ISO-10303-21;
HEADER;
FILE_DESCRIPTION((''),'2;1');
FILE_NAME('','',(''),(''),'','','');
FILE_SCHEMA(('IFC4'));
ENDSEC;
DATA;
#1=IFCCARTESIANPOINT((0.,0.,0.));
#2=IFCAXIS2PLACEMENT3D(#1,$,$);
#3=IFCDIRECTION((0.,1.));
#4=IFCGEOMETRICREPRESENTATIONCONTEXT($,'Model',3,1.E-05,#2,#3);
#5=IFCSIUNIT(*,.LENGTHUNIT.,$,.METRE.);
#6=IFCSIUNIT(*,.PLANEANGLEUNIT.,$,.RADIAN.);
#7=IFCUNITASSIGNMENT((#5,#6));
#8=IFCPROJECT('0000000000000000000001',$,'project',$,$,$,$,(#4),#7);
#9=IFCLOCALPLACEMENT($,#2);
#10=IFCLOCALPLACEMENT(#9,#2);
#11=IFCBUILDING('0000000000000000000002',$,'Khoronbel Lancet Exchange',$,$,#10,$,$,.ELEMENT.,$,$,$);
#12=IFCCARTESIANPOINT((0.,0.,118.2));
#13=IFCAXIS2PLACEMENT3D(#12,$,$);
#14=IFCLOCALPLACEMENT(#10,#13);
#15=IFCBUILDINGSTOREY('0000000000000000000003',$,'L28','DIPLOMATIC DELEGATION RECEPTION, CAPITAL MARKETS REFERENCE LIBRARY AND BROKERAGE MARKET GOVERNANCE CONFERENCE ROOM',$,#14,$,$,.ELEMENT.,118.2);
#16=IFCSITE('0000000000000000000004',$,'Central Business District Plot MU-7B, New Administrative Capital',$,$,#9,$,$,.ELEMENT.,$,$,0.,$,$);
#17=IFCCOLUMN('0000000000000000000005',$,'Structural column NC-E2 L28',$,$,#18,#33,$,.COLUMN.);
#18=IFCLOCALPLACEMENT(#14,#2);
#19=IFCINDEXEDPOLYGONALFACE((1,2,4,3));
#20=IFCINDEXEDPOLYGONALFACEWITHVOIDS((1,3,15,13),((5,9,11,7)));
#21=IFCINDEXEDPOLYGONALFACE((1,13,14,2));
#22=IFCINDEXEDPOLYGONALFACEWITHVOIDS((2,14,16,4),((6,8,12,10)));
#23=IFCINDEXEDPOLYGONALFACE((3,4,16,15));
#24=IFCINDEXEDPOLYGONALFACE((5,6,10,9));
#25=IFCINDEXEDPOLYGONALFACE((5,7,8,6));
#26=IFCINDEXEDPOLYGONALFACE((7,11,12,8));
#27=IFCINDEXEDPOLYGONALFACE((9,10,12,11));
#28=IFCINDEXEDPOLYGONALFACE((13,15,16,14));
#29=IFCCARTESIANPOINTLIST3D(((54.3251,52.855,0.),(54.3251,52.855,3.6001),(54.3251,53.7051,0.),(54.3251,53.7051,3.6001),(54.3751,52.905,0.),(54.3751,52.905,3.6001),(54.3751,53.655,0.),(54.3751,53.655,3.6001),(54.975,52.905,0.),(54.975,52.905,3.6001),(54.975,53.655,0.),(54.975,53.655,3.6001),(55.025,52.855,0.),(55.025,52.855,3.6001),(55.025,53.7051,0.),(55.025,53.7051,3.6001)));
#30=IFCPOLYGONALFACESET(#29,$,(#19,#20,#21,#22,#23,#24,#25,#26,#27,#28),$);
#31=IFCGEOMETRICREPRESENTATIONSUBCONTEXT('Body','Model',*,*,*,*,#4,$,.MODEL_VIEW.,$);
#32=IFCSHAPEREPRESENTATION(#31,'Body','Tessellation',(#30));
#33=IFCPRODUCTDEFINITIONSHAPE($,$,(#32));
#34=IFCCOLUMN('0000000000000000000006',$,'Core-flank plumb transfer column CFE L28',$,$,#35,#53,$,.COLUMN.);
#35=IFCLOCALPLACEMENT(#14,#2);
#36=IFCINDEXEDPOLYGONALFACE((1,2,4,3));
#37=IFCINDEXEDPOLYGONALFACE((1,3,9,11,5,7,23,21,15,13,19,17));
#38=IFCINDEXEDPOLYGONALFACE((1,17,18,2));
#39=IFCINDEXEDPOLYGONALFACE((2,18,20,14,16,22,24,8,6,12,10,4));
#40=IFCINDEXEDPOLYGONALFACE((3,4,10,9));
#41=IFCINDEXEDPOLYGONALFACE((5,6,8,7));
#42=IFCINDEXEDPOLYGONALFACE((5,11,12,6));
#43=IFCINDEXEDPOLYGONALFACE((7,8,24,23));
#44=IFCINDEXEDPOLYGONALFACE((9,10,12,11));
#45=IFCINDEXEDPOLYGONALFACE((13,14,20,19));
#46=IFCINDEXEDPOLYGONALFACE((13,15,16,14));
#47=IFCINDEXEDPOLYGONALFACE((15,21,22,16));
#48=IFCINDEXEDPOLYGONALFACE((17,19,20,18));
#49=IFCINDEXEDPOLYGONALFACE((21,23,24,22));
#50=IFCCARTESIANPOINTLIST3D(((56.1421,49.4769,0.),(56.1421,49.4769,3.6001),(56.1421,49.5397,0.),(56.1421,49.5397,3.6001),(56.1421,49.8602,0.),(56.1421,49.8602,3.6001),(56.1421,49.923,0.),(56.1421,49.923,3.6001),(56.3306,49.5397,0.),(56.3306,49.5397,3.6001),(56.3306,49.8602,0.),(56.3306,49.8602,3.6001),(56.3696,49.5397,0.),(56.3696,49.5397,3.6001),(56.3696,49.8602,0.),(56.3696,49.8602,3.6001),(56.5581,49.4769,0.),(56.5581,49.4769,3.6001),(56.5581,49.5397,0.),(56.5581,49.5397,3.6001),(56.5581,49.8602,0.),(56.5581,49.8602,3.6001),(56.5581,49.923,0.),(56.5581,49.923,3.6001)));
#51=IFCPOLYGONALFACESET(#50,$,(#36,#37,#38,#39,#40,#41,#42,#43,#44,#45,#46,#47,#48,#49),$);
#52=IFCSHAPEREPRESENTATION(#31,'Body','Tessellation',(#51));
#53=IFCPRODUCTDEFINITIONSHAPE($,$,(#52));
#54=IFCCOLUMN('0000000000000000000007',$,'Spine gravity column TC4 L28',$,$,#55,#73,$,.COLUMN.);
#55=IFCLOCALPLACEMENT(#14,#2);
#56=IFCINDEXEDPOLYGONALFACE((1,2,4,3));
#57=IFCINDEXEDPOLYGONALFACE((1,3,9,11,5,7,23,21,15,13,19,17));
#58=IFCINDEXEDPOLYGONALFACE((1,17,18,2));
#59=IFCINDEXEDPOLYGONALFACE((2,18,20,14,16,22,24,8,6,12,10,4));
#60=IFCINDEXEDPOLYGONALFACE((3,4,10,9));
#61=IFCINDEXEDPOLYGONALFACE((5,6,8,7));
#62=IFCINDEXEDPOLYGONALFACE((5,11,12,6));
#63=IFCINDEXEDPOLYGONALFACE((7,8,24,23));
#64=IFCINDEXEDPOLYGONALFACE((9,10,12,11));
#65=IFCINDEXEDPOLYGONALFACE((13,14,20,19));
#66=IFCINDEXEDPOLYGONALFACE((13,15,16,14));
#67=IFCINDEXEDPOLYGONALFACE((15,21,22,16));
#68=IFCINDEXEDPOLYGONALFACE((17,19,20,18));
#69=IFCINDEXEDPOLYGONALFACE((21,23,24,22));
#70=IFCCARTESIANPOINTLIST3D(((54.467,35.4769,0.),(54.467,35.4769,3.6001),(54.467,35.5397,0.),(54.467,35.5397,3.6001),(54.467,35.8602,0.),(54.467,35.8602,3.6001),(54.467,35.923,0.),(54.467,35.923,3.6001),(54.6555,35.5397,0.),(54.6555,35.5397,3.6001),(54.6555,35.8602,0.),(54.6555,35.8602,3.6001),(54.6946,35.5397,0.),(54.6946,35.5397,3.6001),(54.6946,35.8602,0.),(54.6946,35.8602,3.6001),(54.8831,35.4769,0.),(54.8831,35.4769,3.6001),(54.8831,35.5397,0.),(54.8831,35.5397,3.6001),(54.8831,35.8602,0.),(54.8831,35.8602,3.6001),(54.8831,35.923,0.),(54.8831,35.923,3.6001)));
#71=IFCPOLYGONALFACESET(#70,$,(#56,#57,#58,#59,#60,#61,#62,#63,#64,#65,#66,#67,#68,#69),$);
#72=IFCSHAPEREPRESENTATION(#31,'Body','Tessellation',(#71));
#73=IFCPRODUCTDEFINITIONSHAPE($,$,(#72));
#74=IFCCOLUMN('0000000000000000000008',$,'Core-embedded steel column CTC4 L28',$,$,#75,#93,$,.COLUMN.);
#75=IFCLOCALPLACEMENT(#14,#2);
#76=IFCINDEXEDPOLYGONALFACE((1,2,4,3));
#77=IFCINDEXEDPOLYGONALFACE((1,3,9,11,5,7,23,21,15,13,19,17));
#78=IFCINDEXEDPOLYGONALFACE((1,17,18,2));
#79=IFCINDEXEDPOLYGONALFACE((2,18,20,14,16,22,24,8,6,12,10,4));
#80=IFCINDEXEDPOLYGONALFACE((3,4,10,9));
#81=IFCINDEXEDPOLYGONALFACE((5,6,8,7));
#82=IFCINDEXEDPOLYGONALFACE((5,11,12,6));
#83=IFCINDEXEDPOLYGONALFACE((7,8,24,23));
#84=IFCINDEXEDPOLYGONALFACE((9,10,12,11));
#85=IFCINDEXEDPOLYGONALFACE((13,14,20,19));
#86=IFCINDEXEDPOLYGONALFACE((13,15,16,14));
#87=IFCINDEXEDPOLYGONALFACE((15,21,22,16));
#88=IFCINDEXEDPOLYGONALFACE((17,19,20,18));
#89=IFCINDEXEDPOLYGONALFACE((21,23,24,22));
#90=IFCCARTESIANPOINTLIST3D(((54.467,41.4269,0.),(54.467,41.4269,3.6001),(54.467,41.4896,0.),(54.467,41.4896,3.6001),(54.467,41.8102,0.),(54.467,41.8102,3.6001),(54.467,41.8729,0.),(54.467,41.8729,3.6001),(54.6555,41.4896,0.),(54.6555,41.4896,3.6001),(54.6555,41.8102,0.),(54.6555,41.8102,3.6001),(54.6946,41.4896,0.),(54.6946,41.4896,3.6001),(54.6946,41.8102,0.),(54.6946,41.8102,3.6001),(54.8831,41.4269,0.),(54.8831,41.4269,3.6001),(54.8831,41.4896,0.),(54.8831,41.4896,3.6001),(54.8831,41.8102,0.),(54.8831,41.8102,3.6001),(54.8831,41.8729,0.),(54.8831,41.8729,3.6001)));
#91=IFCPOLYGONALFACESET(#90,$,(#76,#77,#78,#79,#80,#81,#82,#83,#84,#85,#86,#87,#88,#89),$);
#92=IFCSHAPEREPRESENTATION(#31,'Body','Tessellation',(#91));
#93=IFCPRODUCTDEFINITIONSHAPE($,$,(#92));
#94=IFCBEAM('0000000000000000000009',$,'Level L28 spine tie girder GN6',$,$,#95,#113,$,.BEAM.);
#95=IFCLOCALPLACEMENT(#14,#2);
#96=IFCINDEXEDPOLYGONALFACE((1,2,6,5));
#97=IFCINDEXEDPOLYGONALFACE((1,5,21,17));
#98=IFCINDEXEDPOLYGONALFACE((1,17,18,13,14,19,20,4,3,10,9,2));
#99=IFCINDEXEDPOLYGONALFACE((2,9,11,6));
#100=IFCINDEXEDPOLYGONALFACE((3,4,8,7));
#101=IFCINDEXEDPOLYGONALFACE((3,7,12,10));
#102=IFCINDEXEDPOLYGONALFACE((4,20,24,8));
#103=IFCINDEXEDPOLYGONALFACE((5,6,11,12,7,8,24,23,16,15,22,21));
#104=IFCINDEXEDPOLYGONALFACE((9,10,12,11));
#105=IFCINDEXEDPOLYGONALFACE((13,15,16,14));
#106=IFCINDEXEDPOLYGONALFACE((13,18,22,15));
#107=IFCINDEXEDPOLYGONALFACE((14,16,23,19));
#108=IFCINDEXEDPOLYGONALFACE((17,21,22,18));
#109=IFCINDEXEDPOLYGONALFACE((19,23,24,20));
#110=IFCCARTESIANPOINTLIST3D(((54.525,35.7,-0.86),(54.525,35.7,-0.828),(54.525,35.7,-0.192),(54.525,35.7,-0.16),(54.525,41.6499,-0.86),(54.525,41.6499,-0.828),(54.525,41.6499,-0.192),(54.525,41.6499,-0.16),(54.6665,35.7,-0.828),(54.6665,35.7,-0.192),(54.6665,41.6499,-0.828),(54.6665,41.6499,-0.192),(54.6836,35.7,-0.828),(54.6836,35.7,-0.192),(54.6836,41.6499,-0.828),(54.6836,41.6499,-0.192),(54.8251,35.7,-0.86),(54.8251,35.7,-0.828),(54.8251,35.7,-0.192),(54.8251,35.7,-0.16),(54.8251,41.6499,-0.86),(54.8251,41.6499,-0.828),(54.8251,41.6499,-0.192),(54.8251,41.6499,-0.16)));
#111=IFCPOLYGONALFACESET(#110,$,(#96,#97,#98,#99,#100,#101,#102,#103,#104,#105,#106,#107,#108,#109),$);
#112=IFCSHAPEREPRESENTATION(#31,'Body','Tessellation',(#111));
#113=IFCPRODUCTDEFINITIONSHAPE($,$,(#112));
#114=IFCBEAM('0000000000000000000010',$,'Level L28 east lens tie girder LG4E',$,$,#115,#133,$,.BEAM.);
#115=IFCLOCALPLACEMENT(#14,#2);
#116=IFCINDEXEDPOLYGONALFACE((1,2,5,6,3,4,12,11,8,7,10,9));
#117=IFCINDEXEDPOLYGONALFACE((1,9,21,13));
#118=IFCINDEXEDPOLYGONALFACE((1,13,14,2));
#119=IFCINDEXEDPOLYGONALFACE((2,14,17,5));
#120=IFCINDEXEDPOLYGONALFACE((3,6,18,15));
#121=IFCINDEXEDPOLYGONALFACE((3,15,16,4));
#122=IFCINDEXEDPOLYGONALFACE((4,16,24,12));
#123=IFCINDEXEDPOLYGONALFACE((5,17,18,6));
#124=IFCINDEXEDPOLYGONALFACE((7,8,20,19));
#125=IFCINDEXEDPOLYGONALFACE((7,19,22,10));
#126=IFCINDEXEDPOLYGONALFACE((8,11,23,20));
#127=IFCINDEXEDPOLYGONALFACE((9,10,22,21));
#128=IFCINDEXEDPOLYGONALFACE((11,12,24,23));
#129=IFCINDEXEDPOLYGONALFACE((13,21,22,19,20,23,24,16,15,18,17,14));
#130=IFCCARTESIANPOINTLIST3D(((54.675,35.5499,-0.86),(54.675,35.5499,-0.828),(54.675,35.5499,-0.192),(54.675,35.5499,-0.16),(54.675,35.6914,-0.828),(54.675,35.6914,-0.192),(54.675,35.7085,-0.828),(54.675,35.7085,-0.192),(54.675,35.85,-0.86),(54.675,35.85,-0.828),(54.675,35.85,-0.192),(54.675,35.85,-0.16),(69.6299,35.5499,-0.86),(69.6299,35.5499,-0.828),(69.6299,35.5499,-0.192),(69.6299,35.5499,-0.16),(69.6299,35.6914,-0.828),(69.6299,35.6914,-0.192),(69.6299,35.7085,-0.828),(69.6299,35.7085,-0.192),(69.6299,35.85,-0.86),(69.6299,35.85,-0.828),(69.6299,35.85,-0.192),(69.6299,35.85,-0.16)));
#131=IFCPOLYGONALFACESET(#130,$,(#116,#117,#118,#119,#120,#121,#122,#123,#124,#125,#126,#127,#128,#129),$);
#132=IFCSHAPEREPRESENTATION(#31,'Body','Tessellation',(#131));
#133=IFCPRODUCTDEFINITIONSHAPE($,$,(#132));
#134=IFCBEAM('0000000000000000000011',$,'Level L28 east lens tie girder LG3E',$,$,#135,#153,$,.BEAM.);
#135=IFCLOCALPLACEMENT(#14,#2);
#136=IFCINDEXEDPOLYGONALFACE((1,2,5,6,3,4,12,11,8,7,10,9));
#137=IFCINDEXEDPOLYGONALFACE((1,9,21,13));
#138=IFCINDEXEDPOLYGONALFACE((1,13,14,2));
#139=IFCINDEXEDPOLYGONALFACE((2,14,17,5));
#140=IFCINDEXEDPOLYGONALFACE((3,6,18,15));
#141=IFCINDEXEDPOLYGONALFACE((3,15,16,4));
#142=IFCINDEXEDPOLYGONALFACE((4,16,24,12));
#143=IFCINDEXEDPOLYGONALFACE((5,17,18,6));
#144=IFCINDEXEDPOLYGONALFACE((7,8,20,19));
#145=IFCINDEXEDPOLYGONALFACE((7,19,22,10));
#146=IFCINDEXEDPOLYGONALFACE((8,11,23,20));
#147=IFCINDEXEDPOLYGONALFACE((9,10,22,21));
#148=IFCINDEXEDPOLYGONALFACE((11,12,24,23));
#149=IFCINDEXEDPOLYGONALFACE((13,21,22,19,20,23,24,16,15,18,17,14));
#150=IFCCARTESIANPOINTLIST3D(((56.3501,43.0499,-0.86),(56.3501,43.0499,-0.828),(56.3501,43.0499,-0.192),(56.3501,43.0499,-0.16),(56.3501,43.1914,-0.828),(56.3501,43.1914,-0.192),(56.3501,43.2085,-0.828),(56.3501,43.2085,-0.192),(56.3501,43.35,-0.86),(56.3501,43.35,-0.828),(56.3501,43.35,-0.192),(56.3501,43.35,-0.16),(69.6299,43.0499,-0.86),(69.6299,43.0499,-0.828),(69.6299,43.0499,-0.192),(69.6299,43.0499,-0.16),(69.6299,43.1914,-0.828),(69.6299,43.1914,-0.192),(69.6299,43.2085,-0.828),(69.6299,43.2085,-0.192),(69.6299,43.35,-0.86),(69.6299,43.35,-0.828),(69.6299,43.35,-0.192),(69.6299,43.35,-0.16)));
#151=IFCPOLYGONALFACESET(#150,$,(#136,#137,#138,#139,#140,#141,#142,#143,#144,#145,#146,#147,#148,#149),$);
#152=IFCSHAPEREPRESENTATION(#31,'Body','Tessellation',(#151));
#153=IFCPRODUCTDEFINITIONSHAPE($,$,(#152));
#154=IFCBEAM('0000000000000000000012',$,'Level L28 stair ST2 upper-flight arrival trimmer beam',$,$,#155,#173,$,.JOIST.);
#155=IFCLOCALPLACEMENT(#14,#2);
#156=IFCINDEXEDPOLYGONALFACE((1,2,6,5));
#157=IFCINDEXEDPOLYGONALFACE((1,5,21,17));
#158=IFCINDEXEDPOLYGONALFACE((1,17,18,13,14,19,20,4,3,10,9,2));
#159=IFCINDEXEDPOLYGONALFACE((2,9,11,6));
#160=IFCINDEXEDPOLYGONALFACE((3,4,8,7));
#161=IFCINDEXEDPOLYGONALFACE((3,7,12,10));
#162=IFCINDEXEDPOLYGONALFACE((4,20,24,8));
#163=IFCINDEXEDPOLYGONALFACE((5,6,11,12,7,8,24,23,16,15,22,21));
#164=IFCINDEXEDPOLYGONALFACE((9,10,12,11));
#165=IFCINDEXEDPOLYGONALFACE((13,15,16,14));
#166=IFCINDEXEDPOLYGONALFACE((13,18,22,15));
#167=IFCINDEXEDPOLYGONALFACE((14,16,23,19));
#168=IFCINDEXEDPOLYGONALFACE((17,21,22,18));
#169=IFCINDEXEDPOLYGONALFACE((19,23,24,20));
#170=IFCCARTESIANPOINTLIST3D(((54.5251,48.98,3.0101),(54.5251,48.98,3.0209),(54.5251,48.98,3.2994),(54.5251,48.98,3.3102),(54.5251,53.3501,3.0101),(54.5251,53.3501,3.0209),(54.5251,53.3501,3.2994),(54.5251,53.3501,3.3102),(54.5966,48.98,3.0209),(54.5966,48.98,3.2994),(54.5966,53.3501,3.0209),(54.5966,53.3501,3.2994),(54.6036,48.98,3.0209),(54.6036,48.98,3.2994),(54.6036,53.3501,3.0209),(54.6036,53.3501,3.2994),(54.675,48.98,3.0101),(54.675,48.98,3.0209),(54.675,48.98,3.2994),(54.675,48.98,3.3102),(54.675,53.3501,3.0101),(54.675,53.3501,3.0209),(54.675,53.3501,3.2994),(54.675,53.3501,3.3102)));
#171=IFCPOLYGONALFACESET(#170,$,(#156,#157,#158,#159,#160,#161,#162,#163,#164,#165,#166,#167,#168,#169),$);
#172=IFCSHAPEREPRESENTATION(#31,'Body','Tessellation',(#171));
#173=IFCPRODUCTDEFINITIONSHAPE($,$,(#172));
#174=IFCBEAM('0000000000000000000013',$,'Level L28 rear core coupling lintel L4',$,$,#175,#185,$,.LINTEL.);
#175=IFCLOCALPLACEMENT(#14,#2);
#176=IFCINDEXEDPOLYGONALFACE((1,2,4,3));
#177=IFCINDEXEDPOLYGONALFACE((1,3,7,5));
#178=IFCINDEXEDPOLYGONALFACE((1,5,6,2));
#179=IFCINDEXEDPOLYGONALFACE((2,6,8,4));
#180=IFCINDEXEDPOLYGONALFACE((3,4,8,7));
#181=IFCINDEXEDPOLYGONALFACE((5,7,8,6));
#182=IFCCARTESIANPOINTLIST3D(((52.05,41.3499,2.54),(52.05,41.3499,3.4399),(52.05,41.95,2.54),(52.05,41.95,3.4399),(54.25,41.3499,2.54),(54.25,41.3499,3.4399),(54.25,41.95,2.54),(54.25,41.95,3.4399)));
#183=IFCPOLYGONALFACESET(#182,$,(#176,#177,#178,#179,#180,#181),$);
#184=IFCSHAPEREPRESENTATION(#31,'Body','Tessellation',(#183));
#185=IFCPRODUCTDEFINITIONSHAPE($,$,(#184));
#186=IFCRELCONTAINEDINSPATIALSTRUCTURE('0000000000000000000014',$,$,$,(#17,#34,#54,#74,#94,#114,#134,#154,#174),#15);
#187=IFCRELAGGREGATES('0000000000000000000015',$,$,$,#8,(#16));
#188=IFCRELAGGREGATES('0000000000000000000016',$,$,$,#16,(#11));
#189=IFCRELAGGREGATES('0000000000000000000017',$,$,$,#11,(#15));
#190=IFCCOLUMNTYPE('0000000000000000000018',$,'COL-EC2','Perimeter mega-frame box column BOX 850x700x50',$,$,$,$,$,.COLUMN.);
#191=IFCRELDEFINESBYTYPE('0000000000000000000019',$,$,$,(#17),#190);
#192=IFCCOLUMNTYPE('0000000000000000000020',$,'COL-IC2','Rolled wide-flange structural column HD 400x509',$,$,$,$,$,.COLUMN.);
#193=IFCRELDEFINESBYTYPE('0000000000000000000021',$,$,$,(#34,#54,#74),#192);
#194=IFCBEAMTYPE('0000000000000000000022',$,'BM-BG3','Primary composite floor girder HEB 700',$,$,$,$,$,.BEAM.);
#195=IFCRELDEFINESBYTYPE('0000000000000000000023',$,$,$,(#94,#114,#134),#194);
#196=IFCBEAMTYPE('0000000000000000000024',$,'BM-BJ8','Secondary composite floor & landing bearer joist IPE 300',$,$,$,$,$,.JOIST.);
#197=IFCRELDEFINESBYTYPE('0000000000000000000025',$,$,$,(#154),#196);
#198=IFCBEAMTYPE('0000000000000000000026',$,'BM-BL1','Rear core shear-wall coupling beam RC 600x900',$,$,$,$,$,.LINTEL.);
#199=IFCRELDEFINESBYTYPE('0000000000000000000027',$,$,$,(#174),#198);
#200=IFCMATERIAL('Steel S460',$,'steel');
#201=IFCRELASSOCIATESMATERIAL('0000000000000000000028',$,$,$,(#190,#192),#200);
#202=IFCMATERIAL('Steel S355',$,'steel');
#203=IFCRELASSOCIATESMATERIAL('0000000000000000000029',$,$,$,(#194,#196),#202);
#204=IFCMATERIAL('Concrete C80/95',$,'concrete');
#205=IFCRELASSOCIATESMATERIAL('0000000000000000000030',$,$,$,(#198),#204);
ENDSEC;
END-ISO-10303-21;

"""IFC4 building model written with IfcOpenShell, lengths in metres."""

from ifc_helpers import new_model, si_unit, direction, frame, origin, origin_2d, place, context, subcontext, project, spatial, rectangle, hollow_rectangle, i_section, extrude, material, material_profile, profile_set, type_object, element, save


model = new_model("IFC4")

# Units and contexts
model_context = context("Model", 3, precision=1e-05, world=origin(), true_north=direction((0.0, 1.0)))
body_context = subcontext(model_context, "Body", "Model", "MODEL_VIEW")
ifc_project = project(units=[si_unit("LENGTHUNIT", "METRE"), si_unit("PLANEANGLEUNIT", "RADIAN")], contexts=[model_context])

# Site, building, storey
site_placement = place(None, origin())
site = spatial("IfcSite", under=ifc_project, at=site_placement, Name="Central Business District Plot MU-7B, New Administrative Capital", CompositionType="ELEMENT", RefElevation=0.0)
building_placement = place(site_placement, origin())
building = spatial("IfcBuilding", under=site, at=building_placement, Name="Khoronbel Lancet Exchange", CompositionType="ELEMENT")
storey_placement = place(building_placement, frame((0.0, 0.0, 118.2)))
storey = spatial("IfcBuildingStorey", under=building, at=storey_placement, Name="L28", Description="DIPLOMATIC DELEGATION RECEPTION, CAPITAL MARKETS REFERENCE LIBRARY AND BROKERAGE MARKET GOVERNANCE CONFERENCE ROOM", CompositionType="ELEMENT", Elevation=118.2)

# Columns
ifc_material_1 = material(Name="Steel S460", Category="steel")
ifc_material_profile_1 = material_profile(ifc_material_1, hollow_rectangle(XDim=0.7, YDim=0.8501, WallThickness=0.05, at=origin_2d()), Name="BOX 850x700x50")
ifc_profile_set_1 = profile_set([ifc_material_profile_1], Name="Steel S460")
column_type_1 = type_object("IfcColumnType", Name="COL-EC2", Description="Perimeter mega-frame box column BOX 850x700x50", PredefinedType="COLUMN", material=ifc_profile_set_1)
column_placement = place(storey_placement, frame((54.675, 53.28, 0.0), z_axis=(0.0, 0.0, 1.0), x_axis=(1.0, 0.0, 0.0)))
element("IfcColumn", 1, at=column_placement, inside=storey, type_object=column_type_1, Name="Structural column NC-E2 L28", PredefinedType="COLUMN", context=body_context, shape_type="SweptSolid", body=[
    extrude(hollow_rectangle(XDim=0.7, YDim=0.8501, WallThickness=0.05, at=origin_2d()), origin(), (0.0, 0.0, 1.0), 3.6001),
])
ifc_material_profile_2 = material_profile(ifc_material_1, i_section(OverallWidth=0.416, OverallDepth=0.446, WebThickness=0.0391, FlangeThickness=0.0627, at=origin_2d()), Name="HD 400x509")
ifc_profile_set_2 = profile_set([ifc_material_profile_2], Name="Steel S460")
column_type_2 = type_object("IfcColumnType", Name="COL-IC2", Description="Rolled wide-flange structural column HD 400x509", PredefinedType="COLUMN", material=ifc_profile_set_2)
for number, where, z_axis, x_axis, name in (
    (2, (56.3501, 49.7, 0.0), (0.0, 0.0, 1.0), (1.0, 0.0, 0.0), "Core-flank plumb transfer column CFE L28"),
    (3, (54.675, 35.7, 0.0), (0.0, 0.0, 1.0), (1.0, 0.0, 0.0), "Spine gravity column TC4 L28"),
    (4, (54.675, 41.6499, 0.0), (0.0, 0.0, 1.0), (1.0, 0.0, 0.0), "Core-embedded steel column CTC4 L28"),
):
    element("IfcColumn", number, at=place(storey_placement, frame(where, z_axis=z_axis, x_axis=x_axis)), inside=storey, type_object=column_type_2, Name=name, PredefinedType="COLUMN", context=body_context, shape_type="SweptSolid", body=[
        extrude(i_section(OverallWidth=0.416, OverallDepth=0.446, WebThickness=0.0391, FlangeThickness=0.0627, at=origin_2d()), origin(), (0.0, 0.0, 1.0), 3.6001),
    ])

# Beams
ifc_material_2 = material(Name="Steel S355", Category="steel")
ifc_material_profile_3 = material_profile(ifc_material_2, i_section(OverallWidth=0.3, OverallDepth=0.7, WebThickness=0.0171, FlangeThickness=0.032, at=origin_2d()), Name="HEB 700")
ifc_profile_set_3 = profile_set([ifc_material_profile_3], Name="Steel S355")
beam_type_1 = type_object("IfcBeamType", Name="BM-BG3", Description="Primary composite floor girder HEB 700", PredefinedType="BEAM", material=ifc_profile_set_3)
beam_1_placement = place(storey_placement, frame((54.675, 35.7, -0.51), z_axis=(0.0, 1.0, 0.0), x_axis=(-1.0, 0.0, 0.0)))
element("IfcBeam", 5, at=beam_1_placement, inside=storey, type_object=beam_type_1, Name="Level L28 spine tie girder GN6", PredefinedType="BEAM", context=body_context, shape_type="SweptSolid", body=[
    extrude(i_section(OverallWidth=0.3, OverallDepth=0.7, WebThickness=0.0171, FlangeThickness=0.032, at=origin_2d()), origin(), (0.0, 0.0, 1.0), 5.95),
])
beam_2_placement = place(storey_placement, frame((54.675, 35.7, -0.51), z_axis=(1.0, 0.0, 0.0), x_axis=(0.0, 1.0, 0.0)))
element("IfcBeam", 6, at=beam_2_placement, inside=storey, type_object=beam_type_1, Name="Level L28 east lens tie girder LG4E", PredefinedType="BEAM", context=body_context, shape_type="SweptSolid", body=[
    extrude(i_section(OverallWidth=0.3, OverallDepth=0.7, WebThickness=0.0171, FlangeThickness=0.032, at=origin_2d()), origin(), (0.0, 0.0, 1.0), 14.9548),
])
beam_3_placement = place(storey_placement, frame((56.3501, 43.2, -0.51), z_axis=(1.0, 0.0, 0.0), x_axis=(0.0, 1.0, 0.0)))
element("IfcBeam", 7, at=beam_3_placement, inside=storey, type_object=beam_type_1, Name="Level L28 east lens tie girder LG3E", PredefinedType="BEAM", context=body_context, shape_type="SweptSolid", body=[
    extrude(i_section(OverallWidth=0.3, OverallDepth=0.7, WebThickness=0.0171, FlangeThickness=0.032, at=origin_2d()), origin(), (0.0, 0.0, 1.0), 13.2798),
])
ifc_material_profile_4 = material_profile(ifc_material_2, i_section(OverallWidth=0.1499, OverallDepth=0.3, WebThickness=0.0071, FlangeThickness=0.0107, at=origin_2d()), Name="IPE 300")
ifc_profile_set_4 = profile_set([ifc_material_profile_4], Name="Steel S355")
beam_type_2 = type_object("IfcBeamType", Name="BM-BJ8", Description="Secondary composite floor & landing bearer joist IPE 300", PredefinedType="JOIST", material=ifc_profile_set_4)
beam_4_placement = place(storey_placement, frame((54.6001, 48.98, 3.1602), z_axis=(0.0, 1.0, 0.0), x_axis=(-1.0, 0.0, 0.0)))
element("IfcBeam", 8, at=beam_4_placement, inside=storey, type_object=beam_type_2, Name="Level L28 stair ST2 upper-flight arrival trimmer beam", PredefinedType="JOIST", context=body_context, shape_type="SweptSolid", body=[
    extrude(i_section(OverallWidth=0.1499, OverallDepth=0.3, WebThickness=0.0071, FlangeThickness=0.0107, at=origin_2d()), origin(), (0.0, 0.0, 1.0), 4.3701),
])
ifc_material_3 = material(Name="Concrete C80/95", Category="concrete")
ifc_material_profile_5 = material_profile(ifc_material_3, rectangle(XDim=0.6001, YDim=0.8999, at=origin_2d()), Name="RC 600x900")
ifc_profile_set_5 = profile_set([ifc_material_profile_5], Name="Concrete C80/95")
beam_type_3 = type_object("IfcBeamType", Name="BM-BL1", Description="Rear core shear-wall coupling beam RC 600x900", PredefinedType="LINTEL", material=ifc_profile_set_5)
beam_5_placement = place(storey_placement, frame((52.05, 41.6499, 2.99), z_axis=(1.0, 0.0, 0.0), x_axis=(0.0, 1.0, 0.0)))
element("IfcBeam", 9, at=beam_5_placement, inside=storey, type_object=beam_type_3, Name="Level L28 rear core coupling lintel L4", PredefinedType="LINTEL", context=body_context, shape_type="SweptSolid", body=[
    extrude(rectangle(XDim=0.6001, YDim=0.8999, at=origin_2d()), origin(), (0.0, 0.0, 1.0), 2.2),
])

save(model, "model.ifc")
